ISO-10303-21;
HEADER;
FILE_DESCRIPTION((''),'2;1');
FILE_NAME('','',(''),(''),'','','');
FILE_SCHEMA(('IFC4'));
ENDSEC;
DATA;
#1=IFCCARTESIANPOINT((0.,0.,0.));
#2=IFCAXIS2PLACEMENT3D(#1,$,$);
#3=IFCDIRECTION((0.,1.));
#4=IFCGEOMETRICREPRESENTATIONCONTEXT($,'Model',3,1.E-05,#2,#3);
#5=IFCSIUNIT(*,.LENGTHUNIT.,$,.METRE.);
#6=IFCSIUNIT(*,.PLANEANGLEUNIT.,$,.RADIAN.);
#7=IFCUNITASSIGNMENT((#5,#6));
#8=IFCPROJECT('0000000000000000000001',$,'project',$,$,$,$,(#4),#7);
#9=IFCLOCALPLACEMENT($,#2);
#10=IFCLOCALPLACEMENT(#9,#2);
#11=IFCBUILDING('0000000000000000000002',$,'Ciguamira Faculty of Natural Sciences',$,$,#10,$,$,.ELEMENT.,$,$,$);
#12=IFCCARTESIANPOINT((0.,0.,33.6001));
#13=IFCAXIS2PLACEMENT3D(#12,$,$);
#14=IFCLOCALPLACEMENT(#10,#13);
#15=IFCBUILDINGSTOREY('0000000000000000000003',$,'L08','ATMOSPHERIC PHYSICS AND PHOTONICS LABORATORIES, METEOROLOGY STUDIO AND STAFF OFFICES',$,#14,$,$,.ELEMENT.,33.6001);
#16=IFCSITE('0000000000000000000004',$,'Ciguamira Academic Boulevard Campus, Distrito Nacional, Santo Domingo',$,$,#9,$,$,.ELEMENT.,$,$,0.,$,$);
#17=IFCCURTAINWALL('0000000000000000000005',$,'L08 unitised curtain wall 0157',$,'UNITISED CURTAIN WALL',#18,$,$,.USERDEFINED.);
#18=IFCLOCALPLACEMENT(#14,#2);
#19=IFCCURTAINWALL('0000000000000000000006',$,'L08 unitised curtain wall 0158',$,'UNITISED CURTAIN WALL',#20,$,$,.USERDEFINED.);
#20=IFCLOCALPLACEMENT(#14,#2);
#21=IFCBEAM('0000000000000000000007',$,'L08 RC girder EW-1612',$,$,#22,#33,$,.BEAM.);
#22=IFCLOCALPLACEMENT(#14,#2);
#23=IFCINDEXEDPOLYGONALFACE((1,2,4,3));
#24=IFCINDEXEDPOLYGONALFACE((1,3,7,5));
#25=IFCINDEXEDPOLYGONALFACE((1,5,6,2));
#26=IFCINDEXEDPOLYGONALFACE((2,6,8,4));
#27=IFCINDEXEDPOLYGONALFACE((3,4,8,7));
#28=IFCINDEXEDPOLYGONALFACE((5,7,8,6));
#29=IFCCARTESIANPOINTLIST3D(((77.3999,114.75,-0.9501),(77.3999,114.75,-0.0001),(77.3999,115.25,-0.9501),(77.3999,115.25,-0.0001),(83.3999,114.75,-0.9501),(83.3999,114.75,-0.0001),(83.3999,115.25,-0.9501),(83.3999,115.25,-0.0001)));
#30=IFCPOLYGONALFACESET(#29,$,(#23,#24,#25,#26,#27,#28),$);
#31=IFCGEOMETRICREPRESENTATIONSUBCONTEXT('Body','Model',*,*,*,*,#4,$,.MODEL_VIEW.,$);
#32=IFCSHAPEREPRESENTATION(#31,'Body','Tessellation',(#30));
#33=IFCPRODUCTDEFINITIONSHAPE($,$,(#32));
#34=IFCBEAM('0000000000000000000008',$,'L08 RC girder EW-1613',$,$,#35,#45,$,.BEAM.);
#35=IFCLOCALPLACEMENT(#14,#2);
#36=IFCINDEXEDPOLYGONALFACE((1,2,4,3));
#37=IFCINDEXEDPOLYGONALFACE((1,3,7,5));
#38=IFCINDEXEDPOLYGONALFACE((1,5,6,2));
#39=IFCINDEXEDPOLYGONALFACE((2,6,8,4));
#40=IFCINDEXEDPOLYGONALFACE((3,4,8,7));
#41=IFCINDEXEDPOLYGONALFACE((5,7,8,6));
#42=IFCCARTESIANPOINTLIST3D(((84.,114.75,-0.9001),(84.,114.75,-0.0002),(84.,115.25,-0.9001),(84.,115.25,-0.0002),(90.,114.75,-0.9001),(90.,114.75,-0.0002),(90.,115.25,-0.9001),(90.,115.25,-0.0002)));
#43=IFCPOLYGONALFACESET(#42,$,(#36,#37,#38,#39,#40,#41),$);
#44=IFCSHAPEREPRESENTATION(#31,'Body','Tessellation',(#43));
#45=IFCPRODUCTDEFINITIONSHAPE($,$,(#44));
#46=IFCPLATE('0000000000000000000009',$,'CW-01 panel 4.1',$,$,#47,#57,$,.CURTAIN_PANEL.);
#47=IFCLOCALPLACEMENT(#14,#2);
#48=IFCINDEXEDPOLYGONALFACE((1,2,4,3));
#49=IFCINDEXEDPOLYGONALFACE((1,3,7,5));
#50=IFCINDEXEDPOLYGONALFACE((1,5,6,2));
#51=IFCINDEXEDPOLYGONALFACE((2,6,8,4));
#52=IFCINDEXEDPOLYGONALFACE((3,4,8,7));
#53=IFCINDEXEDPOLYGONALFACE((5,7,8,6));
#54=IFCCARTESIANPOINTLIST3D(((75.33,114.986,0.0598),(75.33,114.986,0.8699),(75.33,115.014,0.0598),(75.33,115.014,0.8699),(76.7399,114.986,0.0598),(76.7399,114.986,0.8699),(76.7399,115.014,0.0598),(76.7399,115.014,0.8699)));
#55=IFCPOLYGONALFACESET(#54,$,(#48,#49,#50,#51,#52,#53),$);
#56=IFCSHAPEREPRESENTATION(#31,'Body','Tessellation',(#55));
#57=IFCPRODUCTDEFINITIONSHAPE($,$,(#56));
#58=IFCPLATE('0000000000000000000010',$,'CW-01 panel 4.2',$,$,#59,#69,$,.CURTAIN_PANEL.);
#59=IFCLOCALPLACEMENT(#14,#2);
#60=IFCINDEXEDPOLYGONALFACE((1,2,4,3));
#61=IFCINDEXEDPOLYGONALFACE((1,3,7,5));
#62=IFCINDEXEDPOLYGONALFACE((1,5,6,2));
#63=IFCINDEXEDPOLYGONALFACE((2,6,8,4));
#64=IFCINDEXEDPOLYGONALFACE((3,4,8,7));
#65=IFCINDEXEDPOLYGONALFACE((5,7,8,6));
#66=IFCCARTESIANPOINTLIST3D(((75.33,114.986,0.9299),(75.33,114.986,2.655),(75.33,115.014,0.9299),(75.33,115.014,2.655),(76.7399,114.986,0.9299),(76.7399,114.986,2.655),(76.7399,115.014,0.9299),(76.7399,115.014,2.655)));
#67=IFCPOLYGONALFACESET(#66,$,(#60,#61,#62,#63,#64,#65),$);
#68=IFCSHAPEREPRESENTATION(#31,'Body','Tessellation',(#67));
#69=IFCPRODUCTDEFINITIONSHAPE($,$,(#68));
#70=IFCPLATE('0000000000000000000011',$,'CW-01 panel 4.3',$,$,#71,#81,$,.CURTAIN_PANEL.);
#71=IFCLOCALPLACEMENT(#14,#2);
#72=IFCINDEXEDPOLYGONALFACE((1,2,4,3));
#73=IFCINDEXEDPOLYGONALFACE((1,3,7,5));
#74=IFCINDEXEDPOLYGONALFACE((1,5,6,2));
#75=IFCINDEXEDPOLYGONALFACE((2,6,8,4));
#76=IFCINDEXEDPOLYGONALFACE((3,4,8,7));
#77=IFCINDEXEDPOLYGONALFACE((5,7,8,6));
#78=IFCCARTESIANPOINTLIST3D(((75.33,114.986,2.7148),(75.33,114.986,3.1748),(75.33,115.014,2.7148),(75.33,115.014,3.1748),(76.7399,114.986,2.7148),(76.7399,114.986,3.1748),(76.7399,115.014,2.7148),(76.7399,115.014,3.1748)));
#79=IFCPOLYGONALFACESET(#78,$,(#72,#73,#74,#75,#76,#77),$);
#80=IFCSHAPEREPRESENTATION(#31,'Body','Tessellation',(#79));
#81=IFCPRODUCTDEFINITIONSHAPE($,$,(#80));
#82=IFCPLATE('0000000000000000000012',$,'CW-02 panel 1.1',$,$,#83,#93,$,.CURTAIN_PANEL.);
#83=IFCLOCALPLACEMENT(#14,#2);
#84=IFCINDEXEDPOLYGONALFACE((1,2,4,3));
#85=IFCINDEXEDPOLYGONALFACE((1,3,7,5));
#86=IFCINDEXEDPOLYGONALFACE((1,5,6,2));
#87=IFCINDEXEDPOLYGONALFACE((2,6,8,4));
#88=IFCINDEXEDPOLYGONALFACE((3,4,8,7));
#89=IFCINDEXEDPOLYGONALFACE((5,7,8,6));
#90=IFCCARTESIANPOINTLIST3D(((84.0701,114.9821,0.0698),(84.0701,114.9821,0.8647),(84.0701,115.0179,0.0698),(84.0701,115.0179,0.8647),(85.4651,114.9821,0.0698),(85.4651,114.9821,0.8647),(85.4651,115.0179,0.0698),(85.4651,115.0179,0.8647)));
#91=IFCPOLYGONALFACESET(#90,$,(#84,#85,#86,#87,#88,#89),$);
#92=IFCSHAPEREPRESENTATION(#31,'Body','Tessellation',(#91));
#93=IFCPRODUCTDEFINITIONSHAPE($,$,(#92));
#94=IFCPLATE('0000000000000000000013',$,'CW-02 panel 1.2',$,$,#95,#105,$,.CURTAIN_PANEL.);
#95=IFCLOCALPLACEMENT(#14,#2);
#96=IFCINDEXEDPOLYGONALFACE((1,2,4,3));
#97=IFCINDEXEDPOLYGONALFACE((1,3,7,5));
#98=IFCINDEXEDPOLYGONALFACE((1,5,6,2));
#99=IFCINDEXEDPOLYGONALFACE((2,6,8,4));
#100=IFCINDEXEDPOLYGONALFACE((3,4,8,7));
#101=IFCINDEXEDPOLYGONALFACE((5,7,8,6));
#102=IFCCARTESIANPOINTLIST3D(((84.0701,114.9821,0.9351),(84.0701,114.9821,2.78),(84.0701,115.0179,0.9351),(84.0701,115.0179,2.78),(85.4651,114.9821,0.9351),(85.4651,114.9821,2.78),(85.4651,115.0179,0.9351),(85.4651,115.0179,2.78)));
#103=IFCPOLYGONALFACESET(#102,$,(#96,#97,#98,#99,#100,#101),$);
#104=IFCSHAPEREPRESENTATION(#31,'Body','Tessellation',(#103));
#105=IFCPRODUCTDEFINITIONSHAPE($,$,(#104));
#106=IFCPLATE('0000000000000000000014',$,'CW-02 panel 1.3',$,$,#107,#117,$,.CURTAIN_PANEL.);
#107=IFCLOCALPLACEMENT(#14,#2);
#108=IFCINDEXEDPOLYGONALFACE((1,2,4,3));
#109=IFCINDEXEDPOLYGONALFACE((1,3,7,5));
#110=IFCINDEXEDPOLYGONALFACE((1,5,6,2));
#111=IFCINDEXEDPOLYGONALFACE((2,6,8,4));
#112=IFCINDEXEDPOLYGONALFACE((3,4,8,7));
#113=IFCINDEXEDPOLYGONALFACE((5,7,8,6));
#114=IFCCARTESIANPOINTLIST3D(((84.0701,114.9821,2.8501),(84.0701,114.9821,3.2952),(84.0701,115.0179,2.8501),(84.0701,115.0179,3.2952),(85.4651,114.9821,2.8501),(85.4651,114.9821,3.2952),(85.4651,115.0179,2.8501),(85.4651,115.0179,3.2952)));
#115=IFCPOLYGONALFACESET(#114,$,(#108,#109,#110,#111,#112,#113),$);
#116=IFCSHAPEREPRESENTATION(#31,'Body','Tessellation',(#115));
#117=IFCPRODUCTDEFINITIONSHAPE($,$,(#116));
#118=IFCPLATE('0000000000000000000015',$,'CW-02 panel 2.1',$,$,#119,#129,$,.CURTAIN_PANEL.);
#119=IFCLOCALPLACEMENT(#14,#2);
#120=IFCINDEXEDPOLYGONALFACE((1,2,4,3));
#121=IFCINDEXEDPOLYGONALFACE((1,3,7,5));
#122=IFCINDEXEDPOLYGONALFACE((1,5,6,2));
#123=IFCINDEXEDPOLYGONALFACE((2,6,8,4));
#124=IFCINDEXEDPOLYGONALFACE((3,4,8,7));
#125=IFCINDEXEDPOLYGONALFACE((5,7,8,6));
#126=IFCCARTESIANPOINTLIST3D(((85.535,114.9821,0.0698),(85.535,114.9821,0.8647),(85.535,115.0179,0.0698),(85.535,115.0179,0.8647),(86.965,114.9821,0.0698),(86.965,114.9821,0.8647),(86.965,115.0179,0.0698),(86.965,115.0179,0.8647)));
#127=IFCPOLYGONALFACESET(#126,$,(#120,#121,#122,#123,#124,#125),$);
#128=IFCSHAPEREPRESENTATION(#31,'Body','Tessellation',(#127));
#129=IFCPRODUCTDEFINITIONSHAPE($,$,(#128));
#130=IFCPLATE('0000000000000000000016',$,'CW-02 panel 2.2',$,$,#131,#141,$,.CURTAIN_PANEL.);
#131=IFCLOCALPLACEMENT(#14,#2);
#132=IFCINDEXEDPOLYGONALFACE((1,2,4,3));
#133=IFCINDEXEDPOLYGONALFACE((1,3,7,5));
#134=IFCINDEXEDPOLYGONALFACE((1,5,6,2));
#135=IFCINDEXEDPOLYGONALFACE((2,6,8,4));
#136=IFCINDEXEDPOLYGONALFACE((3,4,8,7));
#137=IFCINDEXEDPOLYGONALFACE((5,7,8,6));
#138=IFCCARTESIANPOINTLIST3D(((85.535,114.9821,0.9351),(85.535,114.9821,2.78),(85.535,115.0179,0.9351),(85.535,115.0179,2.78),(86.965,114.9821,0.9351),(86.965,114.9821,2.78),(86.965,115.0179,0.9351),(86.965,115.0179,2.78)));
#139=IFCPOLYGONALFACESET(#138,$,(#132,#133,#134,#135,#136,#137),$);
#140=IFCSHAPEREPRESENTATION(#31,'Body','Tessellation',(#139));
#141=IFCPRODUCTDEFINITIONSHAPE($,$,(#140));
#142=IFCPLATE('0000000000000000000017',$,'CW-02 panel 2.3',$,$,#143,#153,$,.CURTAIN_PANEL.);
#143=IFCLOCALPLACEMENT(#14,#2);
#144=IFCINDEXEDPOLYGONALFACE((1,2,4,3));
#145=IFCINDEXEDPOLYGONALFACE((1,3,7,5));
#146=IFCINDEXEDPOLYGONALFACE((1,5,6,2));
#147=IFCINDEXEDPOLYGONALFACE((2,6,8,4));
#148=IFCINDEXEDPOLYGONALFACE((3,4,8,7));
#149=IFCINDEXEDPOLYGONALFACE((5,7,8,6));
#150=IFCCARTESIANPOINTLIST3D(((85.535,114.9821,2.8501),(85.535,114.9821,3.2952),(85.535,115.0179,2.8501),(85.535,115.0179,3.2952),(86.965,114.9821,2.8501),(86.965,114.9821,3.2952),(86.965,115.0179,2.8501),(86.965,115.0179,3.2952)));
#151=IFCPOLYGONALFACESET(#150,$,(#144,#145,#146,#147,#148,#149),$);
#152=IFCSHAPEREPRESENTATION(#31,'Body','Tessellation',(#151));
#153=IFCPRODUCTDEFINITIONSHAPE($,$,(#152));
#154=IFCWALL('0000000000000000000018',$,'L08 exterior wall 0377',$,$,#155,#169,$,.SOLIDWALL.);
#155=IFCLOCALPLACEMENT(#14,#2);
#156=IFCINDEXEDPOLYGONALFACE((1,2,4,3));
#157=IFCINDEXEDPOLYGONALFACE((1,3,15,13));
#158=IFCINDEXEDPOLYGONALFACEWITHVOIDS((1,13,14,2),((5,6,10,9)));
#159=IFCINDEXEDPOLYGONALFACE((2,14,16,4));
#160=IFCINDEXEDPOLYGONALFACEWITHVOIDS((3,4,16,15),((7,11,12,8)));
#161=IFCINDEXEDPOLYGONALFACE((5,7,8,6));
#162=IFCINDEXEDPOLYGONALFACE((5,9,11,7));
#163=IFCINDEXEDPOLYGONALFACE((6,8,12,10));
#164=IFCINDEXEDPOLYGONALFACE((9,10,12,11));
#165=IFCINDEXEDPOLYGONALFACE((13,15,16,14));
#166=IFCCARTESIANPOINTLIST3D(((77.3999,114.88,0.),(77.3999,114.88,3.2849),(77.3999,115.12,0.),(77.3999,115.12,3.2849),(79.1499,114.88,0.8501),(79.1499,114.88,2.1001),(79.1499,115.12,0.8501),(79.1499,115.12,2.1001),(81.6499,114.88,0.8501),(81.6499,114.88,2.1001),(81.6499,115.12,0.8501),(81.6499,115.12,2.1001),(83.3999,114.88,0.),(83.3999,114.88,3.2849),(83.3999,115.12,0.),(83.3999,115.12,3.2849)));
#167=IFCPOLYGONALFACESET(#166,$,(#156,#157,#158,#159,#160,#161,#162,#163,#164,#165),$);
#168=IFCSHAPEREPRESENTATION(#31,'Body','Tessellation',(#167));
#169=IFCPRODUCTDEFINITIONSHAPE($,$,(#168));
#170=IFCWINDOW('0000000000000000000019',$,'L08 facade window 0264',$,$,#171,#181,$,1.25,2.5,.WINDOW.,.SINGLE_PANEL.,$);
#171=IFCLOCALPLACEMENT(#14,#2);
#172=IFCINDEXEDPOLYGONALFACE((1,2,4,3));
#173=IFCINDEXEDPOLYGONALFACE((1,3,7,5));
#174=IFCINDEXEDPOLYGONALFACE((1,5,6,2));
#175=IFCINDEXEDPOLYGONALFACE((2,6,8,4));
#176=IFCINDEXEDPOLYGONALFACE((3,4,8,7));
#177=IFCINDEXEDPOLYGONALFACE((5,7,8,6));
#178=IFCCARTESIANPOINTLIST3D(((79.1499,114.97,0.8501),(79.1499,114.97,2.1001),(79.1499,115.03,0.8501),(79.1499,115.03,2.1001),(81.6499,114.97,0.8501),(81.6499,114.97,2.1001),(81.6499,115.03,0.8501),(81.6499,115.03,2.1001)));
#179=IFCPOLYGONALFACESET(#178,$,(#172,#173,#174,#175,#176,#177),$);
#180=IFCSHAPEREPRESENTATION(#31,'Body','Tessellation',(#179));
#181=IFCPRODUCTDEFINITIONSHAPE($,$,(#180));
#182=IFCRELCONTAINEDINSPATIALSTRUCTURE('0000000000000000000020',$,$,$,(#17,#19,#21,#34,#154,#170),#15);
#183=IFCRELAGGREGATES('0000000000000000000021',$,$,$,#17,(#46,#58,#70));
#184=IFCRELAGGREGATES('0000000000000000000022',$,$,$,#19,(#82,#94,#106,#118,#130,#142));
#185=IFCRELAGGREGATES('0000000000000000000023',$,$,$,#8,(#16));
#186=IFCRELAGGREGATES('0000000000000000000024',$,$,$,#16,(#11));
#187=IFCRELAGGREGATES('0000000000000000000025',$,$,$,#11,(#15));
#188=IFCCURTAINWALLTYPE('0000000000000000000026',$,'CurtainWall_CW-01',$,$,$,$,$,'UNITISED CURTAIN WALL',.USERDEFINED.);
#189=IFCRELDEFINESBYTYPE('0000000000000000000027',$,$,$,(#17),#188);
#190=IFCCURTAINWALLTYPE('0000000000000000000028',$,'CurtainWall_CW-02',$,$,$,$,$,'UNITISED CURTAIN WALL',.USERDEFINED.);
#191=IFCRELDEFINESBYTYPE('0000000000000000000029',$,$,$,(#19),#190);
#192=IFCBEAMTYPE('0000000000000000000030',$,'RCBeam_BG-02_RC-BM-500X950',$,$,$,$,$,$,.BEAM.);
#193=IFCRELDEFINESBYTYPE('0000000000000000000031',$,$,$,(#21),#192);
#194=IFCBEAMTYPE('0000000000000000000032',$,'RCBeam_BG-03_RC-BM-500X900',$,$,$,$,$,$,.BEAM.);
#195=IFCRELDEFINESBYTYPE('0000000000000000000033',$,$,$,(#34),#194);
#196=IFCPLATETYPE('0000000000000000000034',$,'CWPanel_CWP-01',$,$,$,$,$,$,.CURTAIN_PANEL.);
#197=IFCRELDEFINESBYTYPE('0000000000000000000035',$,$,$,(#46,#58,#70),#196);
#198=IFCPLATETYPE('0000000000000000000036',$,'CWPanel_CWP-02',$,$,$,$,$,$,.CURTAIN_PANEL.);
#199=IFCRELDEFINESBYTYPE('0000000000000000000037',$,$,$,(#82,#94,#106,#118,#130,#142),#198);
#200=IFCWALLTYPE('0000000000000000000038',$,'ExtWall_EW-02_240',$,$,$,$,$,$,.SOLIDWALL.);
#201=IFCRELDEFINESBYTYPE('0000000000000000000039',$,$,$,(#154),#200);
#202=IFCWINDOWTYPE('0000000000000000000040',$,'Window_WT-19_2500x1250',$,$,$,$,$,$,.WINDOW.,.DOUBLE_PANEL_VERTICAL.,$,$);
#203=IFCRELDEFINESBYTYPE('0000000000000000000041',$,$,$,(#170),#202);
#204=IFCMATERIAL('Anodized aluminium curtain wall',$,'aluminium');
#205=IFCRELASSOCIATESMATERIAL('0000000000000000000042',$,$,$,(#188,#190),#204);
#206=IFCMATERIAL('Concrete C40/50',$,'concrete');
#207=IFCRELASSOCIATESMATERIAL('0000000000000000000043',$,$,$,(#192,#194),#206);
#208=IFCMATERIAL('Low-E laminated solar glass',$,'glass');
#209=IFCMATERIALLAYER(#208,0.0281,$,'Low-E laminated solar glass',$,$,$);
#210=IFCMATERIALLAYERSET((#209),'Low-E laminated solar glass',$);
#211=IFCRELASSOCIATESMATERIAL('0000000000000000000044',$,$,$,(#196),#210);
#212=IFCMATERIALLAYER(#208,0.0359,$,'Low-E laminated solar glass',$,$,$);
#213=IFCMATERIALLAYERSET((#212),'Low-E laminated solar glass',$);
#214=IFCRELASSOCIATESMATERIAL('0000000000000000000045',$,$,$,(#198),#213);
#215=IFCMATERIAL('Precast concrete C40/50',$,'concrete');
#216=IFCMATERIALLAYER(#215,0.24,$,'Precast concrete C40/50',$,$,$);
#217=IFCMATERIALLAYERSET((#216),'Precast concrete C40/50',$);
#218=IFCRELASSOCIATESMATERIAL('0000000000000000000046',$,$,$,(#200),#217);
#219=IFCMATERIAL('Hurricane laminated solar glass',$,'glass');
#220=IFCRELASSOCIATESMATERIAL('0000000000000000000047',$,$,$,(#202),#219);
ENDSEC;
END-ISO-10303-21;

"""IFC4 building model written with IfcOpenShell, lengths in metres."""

from ifc_helpers import new_model, si_unit, direction, frame, frame_2d, origin, origin_2d, place, context, subcontext, project, spatial, rectangle, extrude, material, layer, layer_set, material_profile, profile_set, type_object, element, fill, aggregate, save


model = new_model("IFC4")

# Units and contexts
model_context = context("Model", 3, precision=1e-05, world=origin(), true_north=direction((0.0, 1.0)))
body_context = subcontext(model_context, "Body", "Model", "MODEL_VIEW")
ifc_project = project(units=[si_unit("LENGTHUNIT", "METRE"), si_unit("PLANEANGLEUNIT", "RADIAN")], contexts=[model_context])

# Site, building, storey
site_placement = place(None, origin())
site = spatial("IfcSite", under=ifc_project, at=site_placement, Name="Ciguamira Academic Boulevard Campus, Distrito Nacional, Santo Domingo", CompositionType="ELEMENT", RefElevation=0.0)
building_placement = place(site_placement, origin())
building = spatial("IfcBuilding", under=site, at=building_placement, Name="Ciguamira Faculty of Natural Sciences", CompositionType="ELEMENT")
storey_placement = place(building_placement, frame((0.0, 0.0, 33.6001)))
storey = spatial("IfcBuildingStorey", under=building, at=storey_placement, Name="L08", Description="ATMOSPHERIC PHYSICS AND PHOTONICS LABORATORIES, METEOROLOGY STUDIO AND STAFF OFFICES", CompositionType="ELEMENT", Elevation=33.6001)

# Shared definitions
ifc_material_1 = material(Name="Concrete C40/50", Category="concrete")

# Curtain wall
ifc_material_2 = material(Name="Anodized aluminium curtain wall", Category="aluminium")
curtain_wall_type_1 = type_object("IfcCurtainWallType", Name="CurtainWall_CW-01", ElementType="UNITISED CURTAIN WALL", PredefinedType="USERDEFINED", material=ifc_material_2)
curtain_wall_1_placement = place(storey_placement, origin())
curtain_wall_1 = element("IfcCurtainWall", 1, at=curtain_wall_1_placement, inside=storey, type_object=curtain_wall_type_1, Name="L08 unitised curtain wall 0157", ObjectType="UNITISED CURTAIN WALL", PredefinedType="USERDEFINED")

# Curtain wall
curtain_wall_type_2 = type_object("IfcCurtainWallType", Name="CurtainWall_CW-02", ElementType="UNITISED CURTAIN WALL", PredefinedType="USERDEFINED", material=ifc_material_2)
curtain_wall_2_placement = place(storey_placement, origin())
curtain_wall_2 = element("IfcCurtainWall", 2, at=curtain_wall_2_placement, inside=storey, type_object=curtain_wall_type_2, Name="L08 unitised curtain wall 0158", ObjectType="UNITISED CURTAIN WALL", PredefinedType="USERDEFINED")

# Beams
ifc_material_profile_1 = material_profile(ifc_material_1, rectangle(XDim=0.5, YDim=0.95, at=origin_2d()), Name="RC-BM-500X950")
ifc_profile_set_1 = profile_set([ifc_material_profile_1], Name="Concrete C40/50")
beam_type_1 = type_object("IfcBeamType", Name="RCBeam_BG-02_RC-BM-500X950", PredefinedType="BEAM", material=ifc_profile_set_1)
beam_1_placement = place(storey_placement, frame((77.3999, 115.0, -0.4751), z_axis=(1.0, 0.0, 0.0), x_axis=(0.0, 1.0, 0.0)))
element("IfcBeam", 3, at=beam_1_placement, inside=storey, type_object=beam_type_1, Name="L08 RC girder EW-1612", PredefinedType="BEAM", context=body_context, shape_type="SweptSolid", body=[
    extrude(rectangle(XDim=0.5, YDim=0.95, at=origin_2d()), origin(), (0.0, 0.0, 1.0), 6.0),
])
ifc_material_profile_2 = material_profile(ifc_material_1, rectangle(XDim=0.5, YDim=0.8999, at=origin_2d()), Name="RC-BM-500X900")
ifc_profile_set_2 = profile_set([ifc_material_profile_2], Name="Concrete C40/50")
beam_type_2 = type_object("IfcBeamType", Name="RCBeam_BG-03_RC-BM-500X900", PredefinedType="BEAM", material=ifc_profile_set_2)
beam_2_placement = place(storey_placement, frame((84.0, 115.0, -0.4502), z_axis=(1.0, 0.0, 0.0), x_axis=(0.0, 1.0, 0.0)))
element("IfcBeam", 4, at=beam_2_placement, inside=storey, type_object=beam_type_2, Name="L08 RC girder EW-1613", PredefinedType="BEAM", context=body_context, shape_type="SweptSolid", body=[
    extrude(rectangle(XDim=0.5, YDim=0.8999, at=origin_2d()), origin(), (0.0, 0.0, 1.0), 6.0),
])

# Plates
ifc_material_3 = material(Name="Low-E laminated solar glass", Category="glass")
ifc_layer_1 = layer(ifc_material_3, 0.0281, Name="Low-E laminated solar glass")
ifc_layer_set_1 = layer_set([ifc_layer_1], Name="Low-E laminated solar glass")
plate_type_1 = type_object("IfcPlateType", Name="CWPanel_CWP-01", PredefinedType="CURTAIN_PANEL", material=ifc_layer_set_1)
plate_1_placement = place(storey_placement, frame((76.0349, 115.0, 0.0598), z_axis=(0.0, 0.0, 1.0), x_axis=(1.0, 0.0, 0.0)))
plate_1 = element("IfcPlate", 5, at=plate_1_placement, type_object=plate_type_1, Name="CW-01 panel 4.1", PredefinedType="CURTAIN_PANEL", context=body_context, shape_type="SweptSolid", body=[
    extrude(rectangle(XDim=1.4099, YDim=0.0281, at=origin_2d()), origin(), (0.0, 0.0, 1.0), 0.8101),
])
plate_2_placement = place(storey_placement, frame((76.0349, 115.0, 0.9299), z_axis=(0.0, 0.0, 1.0), x_axis=(1.0, 0.0, 0.0)))
plate_2 = element("IfcPlate", 6, at=plate_2_placement, type_object=plate_type_1, Name="CW-01 panel 4.2", PredefinedType="CURTAIN_PANEL", context=body_context, shape_type="SweptSolid", body=[
    extrude(rectangle(XDim=1.4099, YDim=0.0281, at=origin_2d()), origin(), (0.0, 0.0, 1.0), 1.7251),
])
plate_3_placement = place(storey_placement, frame((76.0349, 115.0, 2.7148), z_axis=(0.0, 0.0, 1.0), x_axis=(1.0, 0.0, 0.0)))
plate_3 = element("IfcPlate", 7, at=plate_3_placement, type_object=plate_type_1, Name="CW-01 panel 4.3", PredefinedType="CURTAIN_PANEL", context=body_context, shape_type="SweptSolid", body=[
    extrude(rectangle(XDim=1.4099, YDim=0.0281, at=origin_2d()), origin(), (0.0, 0.0, 1.0), 0.46),
])
aggregate(curtain_wall_1, [plate_1, plate_2, plate_3])
ifc_layer_2 = layer(ifc_material_3, 0.0359, Name="Low-E laminated solar glass")
ifc_layer_set_2 = layer_set([ifc_layer_2], Name="Low-E laminated solar glass")
plate_type_2 = type_object("IfcPlateType", Name="CWPanel_CWP-02", PredefinedType="CURTAIN_PANEL", material=ifc_layer_set_2)
plate_4_placement = place(storey_placement, frame((84.7676, 115.0, 0.0698), z_axis=(0.0, 0.0, 1.0), x_axis=(1.0, 0.0, 0.0)))
plate_4 = element("IfcPlate", 8, at=plate_4_placement, type_object=plate_type_2, Name="CW-02 panel 1.1", PredefinedType="CURTAIN_PANEL", context=body_context, shape_type="SweptSolid", body=[
    extrude(rectangle(XDim=1.395, YDim=0.0359, at=origin_2d()), origin(), (0.0, 0.0, 1.0), 0.7949),
])
plate_5_placement = place(storey_placement, frame((84.7676, 115.0, 0.9351), z_axis=(0.0, 0.0, 1.0), x_axis=(1.0, 0.0, 0.0)))
plate_5 = element("IfcPlate", 9, at=plate_5_placement, type_object=plate_type_2, Name="CW-02 panel 1.2", PredefinedType="CURTAIN_PANEL", context=body_context, shape_type="SweptSolid", body=[
    extrude(rectangle(XDim=1.395, YDim=0.0359, at=origin_2d()), origin(), (0.0, 0.0, 1.0), 1.845),
])
plate_6_placement = place(storey_placement, frame((84.7676, 115.0, 2.8501), z_axis=(0.0, 0.0, 1.0), x_axis=(1.0, 0.0, 0.0)))
plate_6 = element("IfcPlate", 10, at=plate_6_placement, type_object=plate_type_2, Name="CW-02 panel 1.3", PredefinedType="CURTAIN_PANEL", context=body_context, shape_type="SweptSolid", body=[
    extrude(rectangle(XDim=1.395, YDim=0.0359, at=origin_2d()), origin(), (0.0, 0.0, 1.0), 0.4451),
])
plate_7_placement = place(storey_placement, frame((86.25, 115.0, 0.0698), z_axis=(0.0, 0.0, 1.0), x_axis=(1.0, 0.0, 0.0)))
plate_7 = element("IfcPlate", 11, at=plate_7_placement, type_object=plate_type_2, Name="CW-02 panel 2.1", PredefinedType="CURTAIN_PANEL", context=body_context, shape_type="SweptSolid", body=[
    extrude(rectangle(XDim=1.4299, YDim=0.0359, at=origin_2d()), origin(), (0.0, 0.0, 1.0), 0.7949),
])
plate_8_placement = place(storey_placement, frame((86.25, 115.0, 0.9351), z_axis=(0.0, 0.0, 1.0), x_axis=(1.0, 0.0, 0.0)))
plate_8 = element("IfcPlate", 12, at=plate_8_placement, type_object=plate_type_2, Name="CW-02 panel 2.2", PredefinedType="CURTAIN_PANEL", context=body_context, shape_type="SweptSolid", body=[
    extrude(rectangle(XDim=1.4299, YDim=0.0359, at=origin_2d()), origin(), (0.0, 0.0, 1.0), 1.845),
])
plate_9_placement = place(storey_placement, frame((86.25, 115.0, 2.8501), z_axis=(0.0, 0.0, 1.0), x_axis=(1.0, 0.0, 0.0)))
plate_9 = element("IfcPlate", 13, at=plate_9_placement, type_object=plate_type_2, Name="CW-02 panel 2.3", PredefinedType="CURTAIN_PANEL", context=body_context, shape_type="SweptSolid", body=[
    extrude(rectangle(XDim=1.4299, YDim=0.0359, at=origin_2d()), origin(), (0.0, 0.0, 1.0), 0.4451),
])
aggregate(curtain_wall_2, [plate_4, plate_5, plate_6, plate_7, plate_8, plate_9])

# Wall, opening, window
ifc_material_4 = material(Name="Precast concrete C40/50", Category="concrete")
ifc_layer_3 = layer(ifc_material_4, 0.24, Name="Precast concrete C40/50")
ifc_layer_set_3 = layer_set([ifc_layer_3], Name="Precast concrete C40/50")
wall_type = type_object("IfcWallType", Name="ExtWall_EW-02_240", PredefinedType="SOLIDWALL", material=ifc_layer_set_3)
wall_placement = place(storey_placement, frame((77.3999, 115.0, 0.0), z_axis=(0.0, 0.0, 1.0), x_axis=(1.0, 0.0, 0.0)))
wall = element("IfcWall", 14, at=wall_placement, inside=storey, type_object=wall_type, Name="L08 exterior wall 0377", PredefinedType="SOLIDWALL", context=body_context, shape_type="SweptSolid", body=[
    extrude(rectangle(XDim=6.0, YDim=0.24, at=frame_2d((3.0, 0.0))), origin(), (0.0, 0.0, 1.0), 3.2849),
])
opening_placement = place(wall_placement, frame((1.75, 0.0, 0.8501)))
opening = element("IfcOpeningElement", 15, at=opening_placement, cuts=wall, PredefinedType="OPENING", context=body_context, shape_type="SweptSolid", body=[
    extrude(rectangle(XDim=2.5, YDim=1.25, at=frame_2d((1.25, 0.625))), frame((0.0, 0.1299, 0.0), z_axis=(0.0, -1.0, 0.0), x_axis=(1.0, 0.0, 0.0)), (0.0, 0.0, 1.0), 0.26),
])
ifc_material_5 = material(Name="Hurricane laminated solar glass", Category="glass")
window_type = type_object("IfcWindowType", Name="Window_WT-19_2500x1250", PartitioningType="DOUBLE_PANEL_VERTICAL", PredefinedType="WINDOW", material=ifc_material_5)
window_placement = place(opening_placement, origin())
window = element("IfcWindow", 16, at=window_placement, inside=storey, type_object=window_type, Name="L08 facade window 0264", OverallHeight=1.25, OverallWidth=2.5, PartitioningType="SINGLE_PANEL", PredefinedType="WINDOW", context=body_context, shape_type="SweptSolid", body=[
    extrude(rectangle(XDim=2.5, YDim=1.25, at=frame_2d((1.25, 0.625))), frame((0.0, 0.03, 0.0), z_axis=(0.0, -1.0, 0.0), x_axis=(1.0, 0.0, 0.0)), (0.0, 0.0, 1.0), 0.0601),
])
fill(opening, window)

save(model, "model.ifc")
